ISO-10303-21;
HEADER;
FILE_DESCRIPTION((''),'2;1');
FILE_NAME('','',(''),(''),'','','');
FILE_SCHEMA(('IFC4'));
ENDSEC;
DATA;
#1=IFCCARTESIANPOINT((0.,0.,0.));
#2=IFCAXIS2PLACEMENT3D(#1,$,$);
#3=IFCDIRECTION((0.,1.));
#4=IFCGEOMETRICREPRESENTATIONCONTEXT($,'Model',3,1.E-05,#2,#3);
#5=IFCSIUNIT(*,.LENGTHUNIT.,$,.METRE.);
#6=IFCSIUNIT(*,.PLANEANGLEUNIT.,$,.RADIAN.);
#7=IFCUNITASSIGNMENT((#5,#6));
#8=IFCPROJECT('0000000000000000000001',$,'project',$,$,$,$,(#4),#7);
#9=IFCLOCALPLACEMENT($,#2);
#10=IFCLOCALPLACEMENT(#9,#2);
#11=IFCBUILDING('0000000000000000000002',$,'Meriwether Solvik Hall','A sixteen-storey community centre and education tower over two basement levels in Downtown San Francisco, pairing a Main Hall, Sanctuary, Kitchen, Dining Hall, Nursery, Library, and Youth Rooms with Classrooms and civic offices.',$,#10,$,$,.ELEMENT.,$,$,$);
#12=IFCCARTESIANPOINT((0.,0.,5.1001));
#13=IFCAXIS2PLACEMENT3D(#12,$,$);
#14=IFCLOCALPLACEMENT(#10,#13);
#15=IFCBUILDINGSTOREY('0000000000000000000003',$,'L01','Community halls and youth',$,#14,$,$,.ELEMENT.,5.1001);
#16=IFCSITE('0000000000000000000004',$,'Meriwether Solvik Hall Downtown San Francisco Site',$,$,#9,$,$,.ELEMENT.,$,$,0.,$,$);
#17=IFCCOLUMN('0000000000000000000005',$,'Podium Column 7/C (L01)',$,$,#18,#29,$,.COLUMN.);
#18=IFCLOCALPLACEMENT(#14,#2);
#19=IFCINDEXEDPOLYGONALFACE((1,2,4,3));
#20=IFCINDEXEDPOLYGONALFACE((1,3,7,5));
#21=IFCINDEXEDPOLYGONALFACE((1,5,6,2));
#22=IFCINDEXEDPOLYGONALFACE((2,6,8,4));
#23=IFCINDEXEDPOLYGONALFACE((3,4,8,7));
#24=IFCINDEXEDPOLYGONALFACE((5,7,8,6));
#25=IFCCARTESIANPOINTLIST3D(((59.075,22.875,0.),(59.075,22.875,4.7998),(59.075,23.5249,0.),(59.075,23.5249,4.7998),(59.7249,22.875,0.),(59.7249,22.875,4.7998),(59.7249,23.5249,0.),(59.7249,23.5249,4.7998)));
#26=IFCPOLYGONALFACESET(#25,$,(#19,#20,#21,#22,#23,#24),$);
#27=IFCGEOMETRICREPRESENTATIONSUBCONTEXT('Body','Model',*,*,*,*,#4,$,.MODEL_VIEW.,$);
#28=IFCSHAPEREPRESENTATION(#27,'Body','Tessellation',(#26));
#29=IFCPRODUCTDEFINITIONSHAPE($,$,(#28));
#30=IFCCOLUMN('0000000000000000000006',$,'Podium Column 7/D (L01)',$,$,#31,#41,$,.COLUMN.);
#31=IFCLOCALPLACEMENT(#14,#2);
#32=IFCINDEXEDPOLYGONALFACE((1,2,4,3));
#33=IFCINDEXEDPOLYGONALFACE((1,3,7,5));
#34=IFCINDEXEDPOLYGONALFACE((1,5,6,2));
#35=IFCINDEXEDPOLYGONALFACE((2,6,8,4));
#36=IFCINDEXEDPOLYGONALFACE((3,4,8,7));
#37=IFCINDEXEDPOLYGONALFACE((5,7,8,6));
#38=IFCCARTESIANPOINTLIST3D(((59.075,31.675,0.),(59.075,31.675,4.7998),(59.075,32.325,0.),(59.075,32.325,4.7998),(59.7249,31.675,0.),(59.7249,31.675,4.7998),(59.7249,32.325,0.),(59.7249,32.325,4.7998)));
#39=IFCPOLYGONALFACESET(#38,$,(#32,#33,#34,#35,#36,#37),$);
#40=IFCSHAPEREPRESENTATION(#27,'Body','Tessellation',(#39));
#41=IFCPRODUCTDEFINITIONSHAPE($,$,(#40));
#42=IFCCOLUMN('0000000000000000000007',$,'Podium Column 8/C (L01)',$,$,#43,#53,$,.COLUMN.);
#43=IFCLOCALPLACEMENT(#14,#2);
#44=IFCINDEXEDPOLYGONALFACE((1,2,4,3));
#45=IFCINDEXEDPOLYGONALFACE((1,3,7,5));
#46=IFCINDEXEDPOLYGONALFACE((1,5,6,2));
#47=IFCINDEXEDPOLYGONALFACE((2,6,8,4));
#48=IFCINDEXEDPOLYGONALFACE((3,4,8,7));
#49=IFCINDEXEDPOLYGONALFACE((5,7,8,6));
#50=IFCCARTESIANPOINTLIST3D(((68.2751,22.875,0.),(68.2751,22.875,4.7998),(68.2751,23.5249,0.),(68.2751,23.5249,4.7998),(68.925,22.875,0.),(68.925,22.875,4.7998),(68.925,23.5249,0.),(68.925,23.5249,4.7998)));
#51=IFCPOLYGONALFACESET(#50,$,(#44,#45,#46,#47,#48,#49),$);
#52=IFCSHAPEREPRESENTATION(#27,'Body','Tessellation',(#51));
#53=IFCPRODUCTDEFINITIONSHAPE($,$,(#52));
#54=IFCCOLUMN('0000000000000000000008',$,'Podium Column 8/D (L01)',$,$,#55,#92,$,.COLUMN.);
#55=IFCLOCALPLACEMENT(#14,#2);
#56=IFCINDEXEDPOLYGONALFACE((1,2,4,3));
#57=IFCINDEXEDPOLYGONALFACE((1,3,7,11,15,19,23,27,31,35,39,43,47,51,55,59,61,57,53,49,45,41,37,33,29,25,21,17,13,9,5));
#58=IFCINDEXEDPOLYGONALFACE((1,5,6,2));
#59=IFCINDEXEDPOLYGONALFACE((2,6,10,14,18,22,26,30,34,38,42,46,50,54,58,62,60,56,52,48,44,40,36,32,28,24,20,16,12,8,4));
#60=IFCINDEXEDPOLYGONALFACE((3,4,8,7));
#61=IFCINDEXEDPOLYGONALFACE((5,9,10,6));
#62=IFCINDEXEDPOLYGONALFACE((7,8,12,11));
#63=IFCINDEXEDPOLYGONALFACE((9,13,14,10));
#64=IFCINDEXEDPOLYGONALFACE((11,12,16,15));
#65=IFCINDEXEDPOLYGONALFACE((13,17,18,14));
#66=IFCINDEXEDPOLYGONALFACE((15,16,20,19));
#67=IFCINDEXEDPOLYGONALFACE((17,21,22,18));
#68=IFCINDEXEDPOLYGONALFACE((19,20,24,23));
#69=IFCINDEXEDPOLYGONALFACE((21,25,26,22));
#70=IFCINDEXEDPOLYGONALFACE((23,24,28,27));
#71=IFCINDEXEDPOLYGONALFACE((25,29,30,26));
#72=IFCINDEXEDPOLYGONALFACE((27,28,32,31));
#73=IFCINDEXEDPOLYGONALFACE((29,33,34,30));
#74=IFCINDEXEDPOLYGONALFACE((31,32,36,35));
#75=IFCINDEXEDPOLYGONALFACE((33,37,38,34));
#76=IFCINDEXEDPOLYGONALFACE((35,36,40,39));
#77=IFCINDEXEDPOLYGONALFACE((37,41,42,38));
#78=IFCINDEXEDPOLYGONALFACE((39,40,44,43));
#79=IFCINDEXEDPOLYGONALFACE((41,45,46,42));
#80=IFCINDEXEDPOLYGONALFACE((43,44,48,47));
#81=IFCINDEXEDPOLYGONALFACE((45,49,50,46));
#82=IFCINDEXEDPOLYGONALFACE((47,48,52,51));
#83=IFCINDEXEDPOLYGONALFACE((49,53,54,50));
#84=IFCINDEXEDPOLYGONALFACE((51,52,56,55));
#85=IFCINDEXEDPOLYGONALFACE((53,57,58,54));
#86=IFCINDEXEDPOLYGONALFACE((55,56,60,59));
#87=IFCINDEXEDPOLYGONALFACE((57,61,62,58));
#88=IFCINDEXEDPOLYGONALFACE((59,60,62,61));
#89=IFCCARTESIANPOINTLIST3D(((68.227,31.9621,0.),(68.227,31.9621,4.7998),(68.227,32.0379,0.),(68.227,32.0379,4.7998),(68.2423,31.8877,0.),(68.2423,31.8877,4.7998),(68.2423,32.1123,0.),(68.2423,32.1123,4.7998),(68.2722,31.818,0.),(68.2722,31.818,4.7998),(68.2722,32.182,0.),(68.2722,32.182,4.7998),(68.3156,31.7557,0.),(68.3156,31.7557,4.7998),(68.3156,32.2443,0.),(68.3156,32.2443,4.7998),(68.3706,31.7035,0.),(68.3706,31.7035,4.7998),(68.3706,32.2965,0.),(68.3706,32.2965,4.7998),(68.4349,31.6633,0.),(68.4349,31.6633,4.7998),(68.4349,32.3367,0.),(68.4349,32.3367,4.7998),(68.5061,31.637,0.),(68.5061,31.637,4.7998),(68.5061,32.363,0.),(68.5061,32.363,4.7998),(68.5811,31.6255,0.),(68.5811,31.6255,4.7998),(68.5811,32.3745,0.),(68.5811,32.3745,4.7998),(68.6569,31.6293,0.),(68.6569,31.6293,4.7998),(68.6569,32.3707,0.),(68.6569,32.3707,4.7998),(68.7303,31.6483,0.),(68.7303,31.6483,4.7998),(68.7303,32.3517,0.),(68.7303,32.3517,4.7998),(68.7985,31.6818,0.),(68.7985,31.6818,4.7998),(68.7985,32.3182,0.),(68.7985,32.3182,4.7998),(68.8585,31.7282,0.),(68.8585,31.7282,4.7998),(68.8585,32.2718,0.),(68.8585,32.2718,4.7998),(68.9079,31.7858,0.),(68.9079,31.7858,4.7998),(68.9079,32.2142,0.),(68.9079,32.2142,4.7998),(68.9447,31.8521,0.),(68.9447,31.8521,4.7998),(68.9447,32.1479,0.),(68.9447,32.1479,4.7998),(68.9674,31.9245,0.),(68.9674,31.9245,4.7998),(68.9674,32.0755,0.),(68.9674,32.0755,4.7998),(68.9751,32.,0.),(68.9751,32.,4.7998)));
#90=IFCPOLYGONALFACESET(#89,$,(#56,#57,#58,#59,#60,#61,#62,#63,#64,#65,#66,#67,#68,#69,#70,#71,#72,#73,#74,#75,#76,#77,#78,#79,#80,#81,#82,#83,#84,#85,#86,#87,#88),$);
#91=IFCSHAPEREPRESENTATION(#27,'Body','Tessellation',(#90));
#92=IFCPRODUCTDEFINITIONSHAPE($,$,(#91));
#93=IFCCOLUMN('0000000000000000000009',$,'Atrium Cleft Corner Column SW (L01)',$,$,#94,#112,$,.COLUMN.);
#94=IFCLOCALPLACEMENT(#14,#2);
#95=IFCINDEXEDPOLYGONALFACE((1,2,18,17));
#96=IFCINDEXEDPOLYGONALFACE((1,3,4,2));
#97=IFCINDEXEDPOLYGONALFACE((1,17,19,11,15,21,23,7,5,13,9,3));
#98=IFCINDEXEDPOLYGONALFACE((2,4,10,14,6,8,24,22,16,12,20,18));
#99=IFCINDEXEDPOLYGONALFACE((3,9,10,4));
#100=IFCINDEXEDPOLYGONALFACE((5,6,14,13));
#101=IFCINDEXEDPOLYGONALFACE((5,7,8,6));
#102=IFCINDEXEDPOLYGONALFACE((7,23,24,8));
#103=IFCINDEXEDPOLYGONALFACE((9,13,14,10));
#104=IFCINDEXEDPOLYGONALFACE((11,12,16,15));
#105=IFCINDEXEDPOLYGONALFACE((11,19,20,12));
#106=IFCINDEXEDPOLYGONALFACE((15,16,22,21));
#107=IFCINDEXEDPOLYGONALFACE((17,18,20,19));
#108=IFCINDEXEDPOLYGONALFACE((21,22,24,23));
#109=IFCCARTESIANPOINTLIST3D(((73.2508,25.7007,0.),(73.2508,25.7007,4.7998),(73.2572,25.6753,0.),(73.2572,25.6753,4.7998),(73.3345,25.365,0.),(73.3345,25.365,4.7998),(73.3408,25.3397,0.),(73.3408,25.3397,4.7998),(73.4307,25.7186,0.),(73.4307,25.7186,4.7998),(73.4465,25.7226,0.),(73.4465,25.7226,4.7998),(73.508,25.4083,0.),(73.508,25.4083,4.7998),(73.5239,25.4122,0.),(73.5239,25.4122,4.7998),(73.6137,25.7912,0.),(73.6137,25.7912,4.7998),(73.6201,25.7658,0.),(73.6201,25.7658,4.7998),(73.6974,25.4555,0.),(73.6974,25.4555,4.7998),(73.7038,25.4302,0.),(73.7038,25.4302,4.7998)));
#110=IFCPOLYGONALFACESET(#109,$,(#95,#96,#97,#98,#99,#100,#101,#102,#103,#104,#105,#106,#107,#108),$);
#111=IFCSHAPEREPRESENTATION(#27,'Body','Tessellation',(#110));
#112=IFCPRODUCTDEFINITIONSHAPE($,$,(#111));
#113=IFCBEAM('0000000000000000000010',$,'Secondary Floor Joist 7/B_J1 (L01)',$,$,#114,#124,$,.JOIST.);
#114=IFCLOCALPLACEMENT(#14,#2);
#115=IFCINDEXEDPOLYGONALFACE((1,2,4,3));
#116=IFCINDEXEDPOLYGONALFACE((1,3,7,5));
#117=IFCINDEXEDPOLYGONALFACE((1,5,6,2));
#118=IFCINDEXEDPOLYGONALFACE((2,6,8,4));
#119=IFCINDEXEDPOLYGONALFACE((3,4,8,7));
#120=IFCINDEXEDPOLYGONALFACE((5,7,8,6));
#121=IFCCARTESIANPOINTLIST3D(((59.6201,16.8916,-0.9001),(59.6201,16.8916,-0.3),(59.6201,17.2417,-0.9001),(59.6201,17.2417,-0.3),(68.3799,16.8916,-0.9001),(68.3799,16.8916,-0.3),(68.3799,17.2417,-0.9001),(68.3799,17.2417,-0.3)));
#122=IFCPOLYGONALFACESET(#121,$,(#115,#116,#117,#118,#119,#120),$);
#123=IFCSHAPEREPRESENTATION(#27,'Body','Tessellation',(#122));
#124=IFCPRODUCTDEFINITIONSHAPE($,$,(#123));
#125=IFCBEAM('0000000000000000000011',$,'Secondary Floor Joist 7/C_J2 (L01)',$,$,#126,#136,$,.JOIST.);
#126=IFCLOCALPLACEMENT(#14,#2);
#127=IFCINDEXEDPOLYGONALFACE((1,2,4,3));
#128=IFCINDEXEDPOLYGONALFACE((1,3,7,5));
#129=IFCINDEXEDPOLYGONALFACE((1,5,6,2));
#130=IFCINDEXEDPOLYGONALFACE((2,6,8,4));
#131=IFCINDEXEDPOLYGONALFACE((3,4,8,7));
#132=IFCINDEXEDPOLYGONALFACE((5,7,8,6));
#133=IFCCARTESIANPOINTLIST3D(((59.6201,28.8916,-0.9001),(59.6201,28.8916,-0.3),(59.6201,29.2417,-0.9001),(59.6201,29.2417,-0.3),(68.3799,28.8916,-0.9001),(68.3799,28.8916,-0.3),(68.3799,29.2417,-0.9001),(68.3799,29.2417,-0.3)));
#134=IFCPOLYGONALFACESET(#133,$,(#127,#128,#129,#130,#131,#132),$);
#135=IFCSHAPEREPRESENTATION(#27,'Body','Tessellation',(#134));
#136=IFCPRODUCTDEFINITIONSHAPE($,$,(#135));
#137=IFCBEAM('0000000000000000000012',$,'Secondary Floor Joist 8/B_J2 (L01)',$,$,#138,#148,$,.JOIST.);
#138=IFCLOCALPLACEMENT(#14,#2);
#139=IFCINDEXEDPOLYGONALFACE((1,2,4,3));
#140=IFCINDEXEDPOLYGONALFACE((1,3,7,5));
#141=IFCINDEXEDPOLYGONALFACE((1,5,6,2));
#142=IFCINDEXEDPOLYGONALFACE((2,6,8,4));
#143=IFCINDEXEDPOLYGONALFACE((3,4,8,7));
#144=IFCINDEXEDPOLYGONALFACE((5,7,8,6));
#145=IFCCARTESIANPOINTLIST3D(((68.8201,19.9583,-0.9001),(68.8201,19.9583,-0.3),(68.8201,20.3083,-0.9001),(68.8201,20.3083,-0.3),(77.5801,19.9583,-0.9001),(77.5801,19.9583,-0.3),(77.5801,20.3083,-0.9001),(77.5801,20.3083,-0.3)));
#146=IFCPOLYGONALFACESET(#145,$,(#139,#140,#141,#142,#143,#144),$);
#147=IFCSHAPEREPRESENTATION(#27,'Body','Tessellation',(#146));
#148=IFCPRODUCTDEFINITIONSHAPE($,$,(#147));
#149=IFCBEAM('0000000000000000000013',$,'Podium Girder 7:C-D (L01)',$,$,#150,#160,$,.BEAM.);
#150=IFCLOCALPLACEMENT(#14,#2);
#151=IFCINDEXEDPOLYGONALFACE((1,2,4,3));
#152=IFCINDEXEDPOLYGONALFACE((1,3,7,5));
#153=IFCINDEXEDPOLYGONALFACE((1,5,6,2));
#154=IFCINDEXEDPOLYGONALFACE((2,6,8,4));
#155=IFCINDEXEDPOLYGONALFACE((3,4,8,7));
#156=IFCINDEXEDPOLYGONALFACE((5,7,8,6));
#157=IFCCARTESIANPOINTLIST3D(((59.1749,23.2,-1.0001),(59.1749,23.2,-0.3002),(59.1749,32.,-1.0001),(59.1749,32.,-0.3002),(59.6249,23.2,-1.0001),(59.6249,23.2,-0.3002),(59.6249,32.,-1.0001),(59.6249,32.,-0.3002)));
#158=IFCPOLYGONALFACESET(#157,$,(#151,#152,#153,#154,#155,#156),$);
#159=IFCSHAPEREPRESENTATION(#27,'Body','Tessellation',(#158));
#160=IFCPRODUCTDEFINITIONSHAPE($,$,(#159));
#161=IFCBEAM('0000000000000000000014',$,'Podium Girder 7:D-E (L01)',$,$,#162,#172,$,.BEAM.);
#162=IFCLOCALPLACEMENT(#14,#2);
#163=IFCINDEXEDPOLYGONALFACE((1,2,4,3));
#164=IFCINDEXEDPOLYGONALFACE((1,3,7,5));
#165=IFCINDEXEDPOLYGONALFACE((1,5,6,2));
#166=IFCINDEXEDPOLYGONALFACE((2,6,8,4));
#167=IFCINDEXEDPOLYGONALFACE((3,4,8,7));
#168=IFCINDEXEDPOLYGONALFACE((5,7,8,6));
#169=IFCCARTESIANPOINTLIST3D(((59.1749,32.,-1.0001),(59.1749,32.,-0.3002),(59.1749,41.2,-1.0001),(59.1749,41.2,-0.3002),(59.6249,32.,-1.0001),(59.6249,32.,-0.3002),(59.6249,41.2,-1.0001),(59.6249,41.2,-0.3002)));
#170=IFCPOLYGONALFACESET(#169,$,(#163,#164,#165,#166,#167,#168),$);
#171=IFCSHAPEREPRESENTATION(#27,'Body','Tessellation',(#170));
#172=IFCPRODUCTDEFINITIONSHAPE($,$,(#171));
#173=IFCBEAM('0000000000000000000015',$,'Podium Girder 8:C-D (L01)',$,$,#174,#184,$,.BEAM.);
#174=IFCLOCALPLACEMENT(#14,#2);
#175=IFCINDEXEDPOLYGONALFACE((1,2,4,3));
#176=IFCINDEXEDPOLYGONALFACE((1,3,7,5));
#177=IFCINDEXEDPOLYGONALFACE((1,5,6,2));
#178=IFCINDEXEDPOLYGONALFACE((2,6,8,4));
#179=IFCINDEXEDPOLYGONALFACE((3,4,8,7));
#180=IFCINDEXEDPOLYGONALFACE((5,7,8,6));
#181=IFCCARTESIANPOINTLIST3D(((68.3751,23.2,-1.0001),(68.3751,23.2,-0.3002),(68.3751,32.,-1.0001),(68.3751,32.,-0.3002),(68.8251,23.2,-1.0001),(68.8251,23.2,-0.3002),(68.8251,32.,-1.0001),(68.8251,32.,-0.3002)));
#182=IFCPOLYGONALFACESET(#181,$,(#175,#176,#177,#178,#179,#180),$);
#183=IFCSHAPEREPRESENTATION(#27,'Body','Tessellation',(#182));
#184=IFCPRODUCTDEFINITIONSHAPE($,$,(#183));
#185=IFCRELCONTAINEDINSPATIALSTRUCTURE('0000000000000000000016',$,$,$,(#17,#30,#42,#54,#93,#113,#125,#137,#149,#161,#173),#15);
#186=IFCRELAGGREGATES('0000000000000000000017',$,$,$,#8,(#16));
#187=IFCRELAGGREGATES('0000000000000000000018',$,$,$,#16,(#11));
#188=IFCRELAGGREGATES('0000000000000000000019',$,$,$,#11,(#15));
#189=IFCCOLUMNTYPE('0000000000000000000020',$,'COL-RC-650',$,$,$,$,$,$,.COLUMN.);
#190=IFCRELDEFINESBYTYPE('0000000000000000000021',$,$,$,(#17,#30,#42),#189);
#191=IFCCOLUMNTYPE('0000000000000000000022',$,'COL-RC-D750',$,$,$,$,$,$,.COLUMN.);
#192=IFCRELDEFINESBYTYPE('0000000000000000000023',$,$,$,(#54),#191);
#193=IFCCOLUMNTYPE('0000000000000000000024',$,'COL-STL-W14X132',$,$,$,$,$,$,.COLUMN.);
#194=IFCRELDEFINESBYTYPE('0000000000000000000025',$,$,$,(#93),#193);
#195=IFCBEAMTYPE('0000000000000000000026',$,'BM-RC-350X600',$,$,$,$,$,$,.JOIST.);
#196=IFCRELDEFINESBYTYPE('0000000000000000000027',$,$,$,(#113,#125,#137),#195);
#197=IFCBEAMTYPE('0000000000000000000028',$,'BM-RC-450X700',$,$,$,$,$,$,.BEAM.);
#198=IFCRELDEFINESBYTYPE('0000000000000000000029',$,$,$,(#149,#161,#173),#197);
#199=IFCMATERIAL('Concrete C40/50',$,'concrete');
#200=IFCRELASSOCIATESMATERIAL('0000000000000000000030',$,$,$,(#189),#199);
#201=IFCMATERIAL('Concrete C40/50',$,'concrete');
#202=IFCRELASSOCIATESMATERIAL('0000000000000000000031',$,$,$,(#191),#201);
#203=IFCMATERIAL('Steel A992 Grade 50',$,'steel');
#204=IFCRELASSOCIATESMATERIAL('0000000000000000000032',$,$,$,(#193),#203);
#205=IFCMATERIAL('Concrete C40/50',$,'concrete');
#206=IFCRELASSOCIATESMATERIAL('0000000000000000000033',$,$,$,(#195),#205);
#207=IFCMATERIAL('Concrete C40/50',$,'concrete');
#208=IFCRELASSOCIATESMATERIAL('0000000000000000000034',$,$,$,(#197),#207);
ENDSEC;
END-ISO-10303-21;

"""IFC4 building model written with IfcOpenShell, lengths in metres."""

from ifc_helpers import new_model, si_unit, direction, frame, origin, origin_2d, place, context, subcontext, project, spatial, rectangle, circle, i_section, extrude, material, material_profile, profile_set, type_object, element, save


model = new_model("IFC4")

# Units and contexts
model_context = context("Model", 3, precision=1e-05, world=origin(), true_north=direction((0.0, 1.0)))
body_context = subcontext(model_context, "Body", "Model", "MODEL_VIEW")
ifc_project = project(units=[si_unit("LENGTHUNIT", "METRE"), si_unit("PLANEANGLEUNIT", "RADIAN")], contexts=[model_context])

# Site, building, storey
site_placement = place(None, origin())
site = spatial("IfcSite", under=ifc_project, at=site_placement, Name="Meriwether Solvik Hall Downtown San Francisco Site", CompositionType="ELEMENT", RefElevation=0.0)
building_placement = place(site_placement, origin())
building = spatial("IfcBuilding", under=site, at=building_placement, Name="Meriwether Solvik Hall", Description="A sixteen-storey community centre and education tower over two basement levels in Downtown San Francisco, pairing a Main Hall, Sanctuary, Kitchen, Dining Hall, Nursery, Library, and Youth Rooms with Classrooms and civic offices.", CompositionType="ELEMENT")
storey_placement = place(building_placement, frame((0.0, 0.0, 5.1001)))
storey = spatial("IfcBuildingStorey", under=building, at=storey_placement, Name="L01", Description="Community halls and youth", CompositionType="ELEMENT", Elevation=5.1001)

# Columns
ifc_material_1 = material(Name="Concrete C40/50", Category="concrete")
ifc_material_profile_1 = material_profile(ifc_material_1, rectangle(XDim=0.6499, YDim=0.6499, at=origin_2d()), Name="RCC-650X650")
ifc_profile_set_1 = profile_set([ifc_material_profile_1], Name="Concrete C40/50")
column_type_1 = type_object("IfcColumnType", Name="COL-RC-650", PredefinedType="COLUMN", material=ifc_profile_set_1)
for number, where, z_axis, x_axis, name in (
    (1, (59.3999, 23.2, 0.0), (0.0, 0.0, 1.0), (1.0, 0.0, 0.0), "Podium Column 7/C (L01)"),
    (2, (59.3999, 32.0, 0.0), (0.0, 0.0, 1.0), (1.0, 0.0, 0.0), "Podium Column 7/D (L01)"),
    (3, (68.6001, 23.2, 0.0), (0.0, 0.0, 1.0), (1.0, 0.0, 0.0), "Podium Column 8/C (L01)"),
):
    element("IfcColumn", number, at=place(storey_placement, frame(where, z_axis=z_axis, x_axis=x_axis)), inside=storey, type_object=column_type_1, Name=name, PredefinedType="COLUMN", context=body_context, shape_type="SweptSolid", body=[
        extrude(rectangle(XDim=0.6499, YDim=0.6499, at=origin_2d()), origin(), (0.0, 0.0, 1.0), 4.7998),
    ])
ifc_material_2 = material(Name="Concrete C40/50", Category="concrete")
ifc_material_profile_2 = material_profile(ifc_material_2, circle(Radius=0.375, at=origin_2d()), Name="RCC-D750")
ifc_profile_set_2 = profile_set([ifc_material_profile_2], Name="Concrete C40/50")
column_type_2 = type_object("IfcColumnType", Name="COL-RC-D750", PredefinedType="COLUMN", material=ifc_profile_set_2)
column_1_placement = place(storey_placement, frame((68.6001, 32.0, 0.0), z_axis=(0.0, 0.0, 1.0), x_axis=(1.0, 0.0, 0.0)))
element("IfcColumn", 4, at=column_1_placement, inside=storey, type_object=column_type_2, Name="Podium Column 8/D (L01)", PredefinedType="COLUMN", context=body_context, shape_type="SweptSolid", body=[
    extrude(circle(Radius=0.375, at=origin_2d()), origin(), (0.0, 0.0, 1.0), 4.7998),
])
ifc_material_3 = material(Name="Steel A992 Grade 50", Category="steel")
ifc_material_profile_3 = material_profile(ifc_material_3, i_section(OverallWidth=0.374, OverallDepth=0.3721, WebThickness=0.0164, FlangeThickness=0.0261, at=origin_2d()), Name="W14X132")
ifc_profile_set_3 = profile_set([ifc_material_profile_3], Name="Steel A992 Grade 50")
column_type_3 = type_object("IfcColumnType", Name="COL-STL-W14X132", PredefinedType="COLUMN", material=ifc_profile_set_3)
column_2_placement = place(storey_placement, frame((73.4773, 25.5654, 0.0), z_axis=(0.0, 0.0, 1.0), x_axis=(0.970296, 0.241922, 0.0)))
element("IfcColumn", 5, at=column_2_placement, inside=storey, type_object=column_type_3, Name="Atrium Cleft Corner Column SW (L01)", PredefinedType="COLUMN", context=body_context, shape_type="SweptSolid", body=[
    extrude(i_section(OverallWidth=0.374, OverallDepth=0.3721, WebThickness=0.0164, FlangeThickness=0.0261, at=origin_2d()), origin(), (0.0, 0.0, 1.0), 4.7998),
])

# Beams
ifc_material_4 = material(Name="Concrete C40/50", Category="concrete")
ifc_material_profile_4 = material_profile(ifc_material_4, rectangle(XDim=0.3501, YDim=0.6001, at=origin_2d()), Name="RCB-350X600")
ifc_profile_set_4 = profile_set([ifc_material_profile_4], Name="Concrete C40/50")
beam_type_1 = type_object("IfcBeamType", Name="BM-RC-350X600", PredefinedType="JOIST", material=ifc_profile_set_4)
for number, where, z_axis, x_axis, name in (
    (6, (59.6201, 17.0667, -0.6001), (1.0, 0.0, 0.0), (0.0, 1.0, 0.0), "Secondary Floor Joist 7/B_J1 (L01)"),
    (7, (59.6201, 29.0667, -0.6001), (1.0, 0.0, 0.0), (0.0, 1.0, 0.0), "Secondary Floor Joist 7/C_J2 (L01)"),
):
    element("IfcBeam", number, at=place(storey_placement, frame(where, z_axis=z_axis, x_axis=x_axis)), inside=storey, type_object=beam_type_1, Name=name, PredefinedType="JOIST", context=body_context, shape_type="SweptSolid", body=[
        extrude(rectangle(XDim=0.3501, YDim=0.6001, at=origin_2d()), origin(), (0.0, 0.0, 1.0), 8.7598),
    ])
beam_1_placement = place(storey_placement, frame((68.8201, 20.1333, -0.6001), z_axis=(1.0, 0.0, 0.0), x_axis=(0.0, 1.0, 0.0)))
element("IfcBeam", 8, at=beam_1_placement, inside=storey, type_object=beam_type_1, Name="Secondary Floor Joist 8/B_J2 (L01)", PredefinedType="JOIST", context=body_context, shape_type="SweptSolid", body=[
    extrude(rectangle(XDim=0.3501, YDim=0.6001, at=origin_2d()), origin(), (0.0, 0.0, 1.0), 8.76),
])
ifc_material_5 = material(Name="Concrete C40/50", Category="concrete")
ifc_material_profile_5 = material_profile(ifc_material_5, rectangle(XDim=0.45, YDim=0.7, at=origin_2d()), Name="RCB-450X700")
ifc_profile_set_5 = profile_set([ifc_material_profile_5], Name="Concrete C40/50")
beam_type_2 = type_object("IfcBeamType", Name="BM-RC-450X700", PredefinedType="BEAM", material=ifc_profile_set_5)
beam_2_placement = place(storey_placement, frame((59.3999, 23.2, -0.6501), z_axis=(0.0, 1.0, 0.0), x_axis=(-1.0, 0.0, 0.0)))
element("IfcBeam", 9, at=beam_2_placement, inside=storey, type_object=beam_type_2, Name="Podium Girder 7:C-D (L01)", PredefinedType="BEAM", context=body_context, shape_type="SweptSolid", body=[
    extrude(rectangle(XDim=0.45, YDim=0.7, at=origin_2d()), origin(), (0.0, 0.0, 1.0), 8.8),
])
beam_3_placement = place(storey_placement, frame((59.3999, 32.0, -0.6501), z_axis=(0.0, 1.0, 0.0), x_axis=(-1.0, 0.0, 0.0)))
element("IfcBeam", 10, at=beam_3_placement, inside=storey, type_object=beam_type_2, Name="Podium Girder 7:D-E (L01)", PredefinedType="BEAM", context=body_context, shape_type="SweptSolid", body=[
    extrude(rectangle(XDim=0.45, YDim=0.7, at=origin_2d()), origin(), (0.0, 0.0, 1.0), 9.2),
])
beam_4_placement = place(storey_placement, frame((68.6001, 23.2, -0.6501), z_axis=(0.0, 1.0, 0.0), x_axis=(-1.0, 0.0, 0.0)))
element("IfcBeam", 11, at=beam_4_placement, inside=storey, type_object=beam_type_2, Name="Podium Girder 8:C-D (L01)", PredefinedType="BEAM", context=body_context, shape_type="SweptSolid", body=[
    extrude(rectangle(XDim=0.45, YDim=0.7, at=origin_2d()), origin(), (0.0, 0.0, 1.0), 8.8),
])

save(model, "model.ifc")
